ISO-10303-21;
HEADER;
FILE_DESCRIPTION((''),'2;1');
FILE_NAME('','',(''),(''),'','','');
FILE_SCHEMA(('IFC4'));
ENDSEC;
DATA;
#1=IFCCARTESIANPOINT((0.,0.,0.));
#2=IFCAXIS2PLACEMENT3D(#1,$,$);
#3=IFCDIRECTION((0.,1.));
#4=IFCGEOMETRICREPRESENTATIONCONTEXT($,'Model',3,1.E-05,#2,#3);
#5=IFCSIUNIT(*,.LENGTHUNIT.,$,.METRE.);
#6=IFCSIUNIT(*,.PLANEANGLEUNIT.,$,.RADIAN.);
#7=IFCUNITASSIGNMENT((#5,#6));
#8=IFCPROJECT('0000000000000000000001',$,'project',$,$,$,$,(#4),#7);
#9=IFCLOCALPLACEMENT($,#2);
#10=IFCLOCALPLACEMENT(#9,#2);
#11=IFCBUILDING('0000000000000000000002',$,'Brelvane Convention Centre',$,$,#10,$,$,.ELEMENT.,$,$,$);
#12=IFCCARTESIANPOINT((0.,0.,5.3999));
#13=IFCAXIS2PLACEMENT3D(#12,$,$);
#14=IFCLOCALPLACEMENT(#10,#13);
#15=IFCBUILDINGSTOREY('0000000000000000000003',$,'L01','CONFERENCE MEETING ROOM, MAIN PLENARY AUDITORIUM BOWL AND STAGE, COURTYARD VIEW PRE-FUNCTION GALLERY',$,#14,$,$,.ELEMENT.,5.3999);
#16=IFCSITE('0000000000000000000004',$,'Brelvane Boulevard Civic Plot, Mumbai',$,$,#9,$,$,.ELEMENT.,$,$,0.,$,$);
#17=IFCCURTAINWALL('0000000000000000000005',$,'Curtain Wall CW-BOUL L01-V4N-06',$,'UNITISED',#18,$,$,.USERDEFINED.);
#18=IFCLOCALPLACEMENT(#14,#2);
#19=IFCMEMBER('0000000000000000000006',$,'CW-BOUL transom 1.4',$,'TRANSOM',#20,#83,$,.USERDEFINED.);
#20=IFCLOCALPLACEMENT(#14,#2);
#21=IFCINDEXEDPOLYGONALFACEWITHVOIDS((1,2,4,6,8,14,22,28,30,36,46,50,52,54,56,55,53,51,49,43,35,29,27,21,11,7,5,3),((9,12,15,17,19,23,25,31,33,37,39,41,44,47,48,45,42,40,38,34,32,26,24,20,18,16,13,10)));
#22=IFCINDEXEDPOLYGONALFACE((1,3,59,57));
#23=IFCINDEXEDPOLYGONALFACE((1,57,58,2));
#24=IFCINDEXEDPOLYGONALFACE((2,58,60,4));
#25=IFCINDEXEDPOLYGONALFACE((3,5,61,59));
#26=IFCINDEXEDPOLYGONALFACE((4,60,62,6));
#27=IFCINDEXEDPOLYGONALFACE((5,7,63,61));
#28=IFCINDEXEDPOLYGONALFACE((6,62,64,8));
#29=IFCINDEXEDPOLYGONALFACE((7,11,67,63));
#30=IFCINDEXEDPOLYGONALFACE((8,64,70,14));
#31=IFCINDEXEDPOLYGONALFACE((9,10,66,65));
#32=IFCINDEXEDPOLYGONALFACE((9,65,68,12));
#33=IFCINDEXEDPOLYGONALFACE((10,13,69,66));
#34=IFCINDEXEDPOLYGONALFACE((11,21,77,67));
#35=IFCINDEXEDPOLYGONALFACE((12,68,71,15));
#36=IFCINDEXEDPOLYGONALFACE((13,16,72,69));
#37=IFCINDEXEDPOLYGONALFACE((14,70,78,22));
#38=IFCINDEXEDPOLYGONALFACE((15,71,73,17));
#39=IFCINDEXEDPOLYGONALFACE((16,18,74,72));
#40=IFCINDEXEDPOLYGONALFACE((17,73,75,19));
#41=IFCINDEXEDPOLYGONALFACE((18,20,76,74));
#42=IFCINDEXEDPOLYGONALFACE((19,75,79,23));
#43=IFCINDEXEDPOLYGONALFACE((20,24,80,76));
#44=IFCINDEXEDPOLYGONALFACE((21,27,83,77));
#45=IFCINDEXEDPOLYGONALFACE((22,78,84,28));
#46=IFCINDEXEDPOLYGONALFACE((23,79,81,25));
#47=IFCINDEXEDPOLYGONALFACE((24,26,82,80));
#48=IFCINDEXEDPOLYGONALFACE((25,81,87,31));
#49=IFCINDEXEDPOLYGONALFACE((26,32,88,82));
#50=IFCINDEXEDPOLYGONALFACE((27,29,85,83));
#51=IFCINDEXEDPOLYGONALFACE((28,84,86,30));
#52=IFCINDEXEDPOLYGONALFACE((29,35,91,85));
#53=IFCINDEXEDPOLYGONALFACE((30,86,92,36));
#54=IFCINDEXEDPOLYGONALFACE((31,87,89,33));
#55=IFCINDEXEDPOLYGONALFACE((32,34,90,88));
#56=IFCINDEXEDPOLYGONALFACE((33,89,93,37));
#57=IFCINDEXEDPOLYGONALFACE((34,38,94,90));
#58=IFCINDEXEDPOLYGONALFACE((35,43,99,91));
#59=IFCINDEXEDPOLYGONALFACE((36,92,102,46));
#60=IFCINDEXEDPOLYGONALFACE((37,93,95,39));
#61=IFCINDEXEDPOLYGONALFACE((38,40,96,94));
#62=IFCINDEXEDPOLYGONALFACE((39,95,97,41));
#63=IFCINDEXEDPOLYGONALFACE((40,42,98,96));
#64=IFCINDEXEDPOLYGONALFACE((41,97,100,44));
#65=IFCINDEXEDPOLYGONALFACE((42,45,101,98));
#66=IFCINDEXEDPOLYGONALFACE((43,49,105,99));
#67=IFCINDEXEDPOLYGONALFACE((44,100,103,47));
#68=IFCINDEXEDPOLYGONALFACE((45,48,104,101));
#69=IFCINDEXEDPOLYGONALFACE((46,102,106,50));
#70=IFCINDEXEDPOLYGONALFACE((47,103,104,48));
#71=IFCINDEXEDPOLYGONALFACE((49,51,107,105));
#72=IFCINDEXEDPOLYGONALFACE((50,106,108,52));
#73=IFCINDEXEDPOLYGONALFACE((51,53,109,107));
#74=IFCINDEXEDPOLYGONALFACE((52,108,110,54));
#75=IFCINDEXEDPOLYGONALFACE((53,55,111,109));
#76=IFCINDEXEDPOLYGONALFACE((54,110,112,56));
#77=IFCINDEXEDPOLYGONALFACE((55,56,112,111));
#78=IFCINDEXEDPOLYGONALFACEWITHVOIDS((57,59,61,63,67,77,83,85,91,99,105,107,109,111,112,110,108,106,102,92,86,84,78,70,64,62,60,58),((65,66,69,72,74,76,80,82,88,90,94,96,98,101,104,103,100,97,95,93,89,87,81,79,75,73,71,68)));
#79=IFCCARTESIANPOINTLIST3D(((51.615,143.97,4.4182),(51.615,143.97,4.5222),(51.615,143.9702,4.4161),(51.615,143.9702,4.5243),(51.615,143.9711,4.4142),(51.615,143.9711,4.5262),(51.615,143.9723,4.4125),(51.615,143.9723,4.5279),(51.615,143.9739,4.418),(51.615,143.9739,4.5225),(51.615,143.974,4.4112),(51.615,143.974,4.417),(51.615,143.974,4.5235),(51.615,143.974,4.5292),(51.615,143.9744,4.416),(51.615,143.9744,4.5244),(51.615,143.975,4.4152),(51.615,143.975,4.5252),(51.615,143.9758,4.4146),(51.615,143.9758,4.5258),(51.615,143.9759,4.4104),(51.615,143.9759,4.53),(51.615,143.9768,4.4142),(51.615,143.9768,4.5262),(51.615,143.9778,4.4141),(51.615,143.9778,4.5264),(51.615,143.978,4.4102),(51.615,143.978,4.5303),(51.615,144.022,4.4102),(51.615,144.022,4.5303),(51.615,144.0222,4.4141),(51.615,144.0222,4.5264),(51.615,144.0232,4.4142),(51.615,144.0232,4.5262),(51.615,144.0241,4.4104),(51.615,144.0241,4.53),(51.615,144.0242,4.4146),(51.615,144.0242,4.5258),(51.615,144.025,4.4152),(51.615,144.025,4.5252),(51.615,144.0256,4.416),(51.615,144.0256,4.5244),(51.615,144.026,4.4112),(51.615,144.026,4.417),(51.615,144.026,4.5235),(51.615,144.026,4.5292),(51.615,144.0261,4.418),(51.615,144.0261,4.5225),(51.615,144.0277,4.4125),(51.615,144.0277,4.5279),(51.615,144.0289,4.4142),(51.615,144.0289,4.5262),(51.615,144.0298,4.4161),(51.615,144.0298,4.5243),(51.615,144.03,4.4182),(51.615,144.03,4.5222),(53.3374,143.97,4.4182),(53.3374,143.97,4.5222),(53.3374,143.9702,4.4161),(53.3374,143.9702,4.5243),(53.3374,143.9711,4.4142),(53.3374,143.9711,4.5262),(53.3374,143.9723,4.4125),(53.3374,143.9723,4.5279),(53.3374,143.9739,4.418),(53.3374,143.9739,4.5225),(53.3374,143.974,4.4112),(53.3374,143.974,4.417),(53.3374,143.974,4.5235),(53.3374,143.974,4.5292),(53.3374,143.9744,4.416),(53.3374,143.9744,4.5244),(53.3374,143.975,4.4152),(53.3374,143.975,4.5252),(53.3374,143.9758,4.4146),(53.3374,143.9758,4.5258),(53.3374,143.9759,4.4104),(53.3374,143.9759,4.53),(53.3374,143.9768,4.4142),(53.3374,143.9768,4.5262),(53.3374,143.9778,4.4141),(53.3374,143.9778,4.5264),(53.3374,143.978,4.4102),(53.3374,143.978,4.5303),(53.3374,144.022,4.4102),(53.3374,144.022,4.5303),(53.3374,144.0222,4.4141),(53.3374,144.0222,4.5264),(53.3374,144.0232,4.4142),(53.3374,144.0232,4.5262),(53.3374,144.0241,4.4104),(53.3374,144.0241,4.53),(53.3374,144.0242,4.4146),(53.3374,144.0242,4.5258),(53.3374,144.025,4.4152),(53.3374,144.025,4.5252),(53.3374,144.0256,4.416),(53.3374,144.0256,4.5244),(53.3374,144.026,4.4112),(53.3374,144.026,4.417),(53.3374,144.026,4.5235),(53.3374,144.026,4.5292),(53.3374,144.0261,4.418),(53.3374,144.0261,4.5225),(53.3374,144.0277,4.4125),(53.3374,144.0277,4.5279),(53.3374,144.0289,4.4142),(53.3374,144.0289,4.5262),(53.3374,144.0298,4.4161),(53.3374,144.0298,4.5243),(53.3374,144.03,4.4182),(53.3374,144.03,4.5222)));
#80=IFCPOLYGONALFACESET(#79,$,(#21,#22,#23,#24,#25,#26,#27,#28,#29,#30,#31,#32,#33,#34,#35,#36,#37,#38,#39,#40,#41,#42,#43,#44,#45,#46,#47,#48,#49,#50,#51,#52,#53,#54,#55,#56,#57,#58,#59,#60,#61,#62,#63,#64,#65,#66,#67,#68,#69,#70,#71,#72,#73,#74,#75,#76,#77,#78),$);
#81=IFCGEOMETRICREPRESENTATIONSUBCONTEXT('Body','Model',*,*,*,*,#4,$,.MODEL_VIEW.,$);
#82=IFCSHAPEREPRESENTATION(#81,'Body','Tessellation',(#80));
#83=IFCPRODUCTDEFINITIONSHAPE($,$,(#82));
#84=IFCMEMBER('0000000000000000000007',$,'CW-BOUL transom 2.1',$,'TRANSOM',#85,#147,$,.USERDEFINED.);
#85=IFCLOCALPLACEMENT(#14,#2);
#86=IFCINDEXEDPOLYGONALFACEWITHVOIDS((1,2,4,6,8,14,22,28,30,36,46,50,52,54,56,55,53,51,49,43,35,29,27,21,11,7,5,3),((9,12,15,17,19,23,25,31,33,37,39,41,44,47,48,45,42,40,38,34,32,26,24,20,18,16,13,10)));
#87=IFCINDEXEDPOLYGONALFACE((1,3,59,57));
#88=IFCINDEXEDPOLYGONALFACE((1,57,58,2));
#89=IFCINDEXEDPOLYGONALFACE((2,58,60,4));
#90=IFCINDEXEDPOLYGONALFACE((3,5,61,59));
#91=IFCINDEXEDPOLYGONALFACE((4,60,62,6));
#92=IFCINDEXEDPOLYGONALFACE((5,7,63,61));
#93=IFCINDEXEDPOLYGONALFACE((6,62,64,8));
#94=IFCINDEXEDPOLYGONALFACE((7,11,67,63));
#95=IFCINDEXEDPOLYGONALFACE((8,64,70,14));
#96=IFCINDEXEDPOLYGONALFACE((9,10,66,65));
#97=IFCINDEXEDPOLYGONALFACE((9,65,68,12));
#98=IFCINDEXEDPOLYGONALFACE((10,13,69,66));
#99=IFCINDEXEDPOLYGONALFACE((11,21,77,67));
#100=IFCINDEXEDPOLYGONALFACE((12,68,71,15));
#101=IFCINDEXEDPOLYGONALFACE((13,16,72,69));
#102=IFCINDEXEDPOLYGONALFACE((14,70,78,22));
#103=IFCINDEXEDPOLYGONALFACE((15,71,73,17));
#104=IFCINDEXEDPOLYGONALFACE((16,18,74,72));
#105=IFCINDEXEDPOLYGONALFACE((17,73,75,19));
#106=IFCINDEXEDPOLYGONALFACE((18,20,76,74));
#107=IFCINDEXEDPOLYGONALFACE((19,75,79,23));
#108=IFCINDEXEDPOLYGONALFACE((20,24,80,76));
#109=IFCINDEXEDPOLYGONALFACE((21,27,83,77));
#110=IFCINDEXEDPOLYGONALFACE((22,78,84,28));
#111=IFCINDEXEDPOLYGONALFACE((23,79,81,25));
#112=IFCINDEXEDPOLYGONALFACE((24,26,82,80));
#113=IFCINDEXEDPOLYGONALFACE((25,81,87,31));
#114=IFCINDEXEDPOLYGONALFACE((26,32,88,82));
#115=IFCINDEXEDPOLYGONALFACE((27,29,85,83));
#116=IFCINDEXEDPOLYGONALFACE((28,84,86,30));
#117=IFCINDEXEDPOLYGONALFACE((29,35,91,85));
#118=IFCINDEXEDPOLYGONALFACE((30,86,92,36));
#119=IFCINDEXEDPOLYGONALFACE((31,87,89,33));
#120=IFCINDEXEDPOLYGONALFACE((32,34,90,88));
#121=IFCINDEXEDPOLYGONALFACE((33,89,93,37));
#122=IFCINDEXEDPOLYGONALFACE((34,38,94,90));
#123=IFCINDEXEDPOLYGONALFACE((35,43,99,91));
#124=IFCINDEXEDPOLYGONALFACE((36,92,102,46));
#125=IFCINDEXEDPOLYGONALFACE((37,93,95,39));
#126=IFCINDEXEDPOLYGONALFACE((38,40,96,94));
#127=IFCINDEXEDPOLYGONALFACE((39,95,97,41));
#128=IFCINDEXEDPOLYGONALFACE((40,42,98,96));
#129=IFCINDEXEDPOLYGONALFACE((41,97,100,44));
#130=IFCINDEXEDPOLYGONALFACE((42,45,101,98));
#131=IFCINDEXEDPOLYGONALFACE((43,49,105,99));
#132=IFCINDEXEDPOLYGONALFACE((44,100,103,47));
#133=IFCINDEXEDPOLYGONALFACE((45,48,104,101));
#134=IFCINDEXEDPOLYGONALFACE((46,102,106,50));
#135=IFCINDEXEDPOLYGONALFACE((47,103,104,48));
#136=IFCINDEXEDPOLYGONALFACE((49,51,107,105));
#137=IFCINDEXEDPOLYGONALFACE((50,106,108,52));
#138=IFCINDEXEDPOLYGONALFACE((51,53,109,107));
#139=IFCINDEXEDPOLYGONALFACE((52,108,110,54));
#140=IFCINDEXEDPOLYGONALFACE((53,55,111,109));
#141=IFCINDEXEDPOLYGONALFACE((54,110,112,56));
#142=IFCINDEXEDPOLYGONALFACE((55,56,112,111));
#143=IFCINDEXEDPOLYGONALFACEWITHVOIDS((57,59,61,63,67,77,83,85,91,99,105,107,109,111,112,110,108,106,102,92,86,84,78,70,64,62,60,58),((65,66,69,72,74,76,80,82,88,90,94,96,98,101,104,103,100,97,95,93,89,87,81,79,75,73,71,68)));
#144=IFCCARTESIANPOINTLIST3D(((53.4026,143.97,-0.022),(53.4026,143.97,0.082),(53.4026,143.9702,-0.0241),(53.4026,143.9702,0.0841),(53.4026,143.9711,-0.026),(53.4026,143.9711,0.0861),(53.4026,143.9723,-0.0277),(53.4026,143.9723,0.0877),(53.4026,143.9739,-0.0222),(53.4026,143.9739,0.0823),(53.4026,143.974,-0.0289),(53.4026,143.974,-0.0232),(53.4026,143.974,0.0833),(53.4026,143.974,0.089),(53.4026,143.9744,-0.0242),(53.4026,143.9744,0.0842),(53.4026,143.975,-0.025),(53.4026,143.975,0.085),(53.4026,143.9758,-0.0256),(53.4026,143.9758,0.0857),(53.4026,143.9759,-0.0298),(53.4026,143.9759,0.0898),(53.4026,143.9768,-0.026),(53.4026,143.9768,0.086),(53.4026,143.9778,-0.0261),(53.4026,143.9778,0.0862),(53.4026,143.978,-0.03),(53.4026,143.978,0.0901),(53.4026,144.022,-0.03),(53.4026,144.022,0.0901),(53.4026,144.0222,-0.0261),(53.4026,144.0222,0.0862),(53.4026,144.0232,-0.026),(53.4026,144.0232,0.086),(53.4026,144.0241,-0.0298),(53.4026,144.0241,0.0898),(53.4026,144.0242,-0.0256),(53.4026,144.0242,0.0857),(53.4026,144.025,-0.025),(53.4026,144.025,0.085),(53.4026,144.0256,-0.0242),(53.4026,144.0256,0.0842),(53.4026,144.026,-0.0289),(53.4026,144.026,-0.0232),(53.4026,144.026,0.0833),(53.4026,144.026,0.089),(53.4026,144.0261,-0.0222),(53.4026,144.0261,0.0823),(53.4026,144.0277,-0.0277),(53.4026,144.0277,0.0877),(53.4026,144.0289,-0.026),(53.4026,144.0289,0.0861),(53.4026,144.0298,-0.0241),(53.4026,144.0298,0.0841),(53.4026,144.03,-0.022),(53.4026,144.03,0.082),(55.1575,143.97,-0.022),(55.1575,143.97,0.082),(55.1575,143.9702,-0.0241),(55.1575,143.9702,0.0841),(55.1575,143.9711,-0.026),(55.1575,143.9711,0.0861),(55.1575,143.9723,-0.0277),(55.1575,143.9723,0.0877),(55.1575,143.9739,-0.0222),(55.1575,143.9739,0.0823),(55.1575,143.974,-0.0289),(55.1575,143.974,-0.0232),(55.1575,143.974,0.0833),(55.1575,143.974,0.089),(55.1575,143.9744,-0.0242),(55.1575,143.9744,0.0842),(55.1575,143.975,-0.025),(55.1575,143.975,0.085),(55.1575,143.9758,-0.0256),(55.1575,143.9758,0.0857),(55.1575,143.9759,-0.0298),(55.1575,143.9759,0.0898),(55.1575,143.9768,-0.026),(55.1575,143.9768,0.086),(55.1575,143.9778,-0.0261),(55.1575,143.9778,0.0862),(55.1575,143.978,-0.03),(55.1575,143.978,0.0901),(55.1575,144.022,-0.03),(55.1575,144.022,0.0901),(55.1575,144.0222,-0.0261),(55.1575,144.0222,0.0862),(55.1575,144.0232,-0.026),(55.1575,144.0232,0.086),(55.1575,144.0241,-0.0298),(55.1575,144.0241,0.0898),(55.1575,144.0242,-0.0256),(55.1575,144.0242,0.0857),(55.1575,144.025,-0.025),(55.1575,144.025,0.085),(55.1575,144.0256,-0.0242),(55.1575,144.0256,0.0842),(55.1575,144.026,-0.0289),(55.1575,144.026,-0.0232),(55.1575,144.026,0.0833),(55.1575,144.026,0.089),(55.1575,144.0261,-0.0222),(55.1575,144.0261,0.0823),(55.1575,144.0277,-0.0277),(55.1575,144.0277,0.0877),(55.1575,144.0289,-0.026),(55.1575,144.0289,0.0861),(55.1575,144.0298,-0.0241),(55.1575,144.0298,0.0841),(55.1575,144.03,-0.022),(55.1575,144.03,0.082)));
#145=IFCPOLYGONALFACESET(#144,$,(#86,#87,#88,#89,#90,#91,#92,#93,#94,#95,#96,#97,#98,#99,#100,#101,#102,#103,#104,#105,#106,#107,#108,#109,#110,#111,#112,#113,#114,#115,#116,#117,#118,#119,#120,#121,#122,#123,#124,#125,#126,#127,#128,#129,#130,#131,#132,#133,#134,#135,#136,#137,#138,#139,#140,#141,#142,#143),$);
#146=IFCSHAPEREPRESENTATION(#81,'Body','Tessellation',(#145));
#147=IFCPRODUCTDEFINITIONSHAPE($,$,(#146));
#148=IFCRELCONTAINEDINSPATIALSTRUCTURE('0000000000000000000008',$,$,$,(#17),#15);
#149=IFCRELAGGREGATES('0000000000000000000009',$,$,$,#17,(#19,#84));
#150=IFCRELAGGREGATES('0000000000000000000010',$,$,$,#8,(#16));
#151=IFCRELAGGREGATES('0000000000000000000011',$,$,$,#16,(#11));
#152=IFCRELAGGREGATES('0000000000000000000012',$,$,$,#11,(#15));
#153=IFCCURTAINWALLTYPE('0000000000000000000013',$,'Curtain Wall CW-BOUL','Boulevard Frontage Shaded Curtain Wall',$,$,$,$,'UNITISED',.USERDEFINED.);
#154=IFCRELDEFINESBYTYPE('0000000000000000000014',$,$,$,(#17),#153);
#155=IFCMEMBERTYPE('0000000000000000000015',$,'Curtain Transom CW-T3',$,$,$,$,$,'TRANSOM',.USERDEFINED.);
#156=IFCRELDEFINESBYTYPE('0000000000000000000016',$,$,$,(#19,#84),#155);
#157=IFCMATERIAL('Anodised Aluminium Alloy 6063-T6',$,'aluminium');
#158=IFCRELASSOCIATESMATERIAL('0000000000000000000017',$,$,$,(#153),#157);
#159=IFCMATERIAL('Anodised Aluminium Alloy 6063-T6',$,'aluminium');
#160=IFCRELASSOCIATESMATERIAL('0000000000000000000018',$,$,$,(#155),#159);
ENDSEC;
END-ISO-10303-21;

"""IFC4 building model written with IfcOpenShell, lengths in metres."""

from ifc_helpers import new_model, si_unit, direction, frame, origin, origin_2d, place, context, subcontext, project, spatial, hollow_rectangle, extrude, material, material_profile, profile_set, type_object, element, aggregate, save


model = new_model("IFC4")

# Units and contexts
model_context = context("Model", 3, precision=1e-05, world=origin(), true_north=direction((0.0, 1.0)))
body_context = subcontext(model_context, "Body", "Model", "MODEL_VIEW")
ifc_project = project(units=[si_unit("LENGTHUNIT", "METRE"), si_unit("PLANEANGLEUNIT", "RADIAN")], contexts=[model_context])

# Site, building, storey
site_placement = place(None, origin())
site = spatial("IfcSite", under=ifc_project, at=site_placement, Name="Brelvane Boulevard Civic Plot, Mumbai", CompositionType="ELEMENT", RefElevation=0.0)
building_placement = place(site_placement, origin())
building = spatial("IfcBuilding", under=site, at=building_placement, Name="Brelvane Convention Centre", CompositionType="ELEMENT")
storey_placement = place(building_placement, frame((0.0, 0.0, 5.3999)))
storey = spatial("IfcBuildingStorey", under=building, at=storey_placement, Name="L01", Description="CONFERENCE MEETING ROOM, MAIN PLENARY AUDITORIUM BOWL AND STAGE, COURTYARD VIEW PRE-FUNCTION GALLERY", CompositionType="ELEMENT", Elevation=5.3999)

# Curtain wall, members
ifc_material_1 = material(Name="Anodised Aluminium Alloy 6063-T6", Category="aluminium")
curtain_wall_type = type_object("IfcCurtainWallType", Name="Curtain Wall CW-BOUL", Description="Boulevard Frontage Shaded Curtain Wall", ElementType="UNITISED", PredefinedType="USERDEFINED", material=ifc_material_1)
curtain_wall_placement = place(storey_placement, origin())
curtain_wall = element("IfcCurtainWall", 1, at=curtain_wall_placement, inside=storey, type_object=curtain_wall_type, Name="Curtain Wall CW-BOUL L01-V4N-06", ObjectType="UNITISED", PredefinedType="USERDEFINED")
ifc_material_2 = material(Name="Anodised Aluminium Alloy 6063-T6", Category="aluminium")
ifc_material_profile_1 = material_profile(ifc_material_2, hollow_rectangle(XDim=0.0601, YDim=0.1201, WallThickness=0.0039, InnerFilletRadius=0.0039, OuterFilletRadius=0.0081, at=origin_2d()), Name="ALU-T 120x60x4.0")
ifc_profile_set_1 = profile_set([ifc_material_profile_1], Name="Anodised Aluminium Alloy 6063-T6")
member_type_1 = type_object("IfcMemberType", Name="Curtain Transom CW-T3", ElementType="TRANSOM", PredefinedType="USERDEFINED", material=ifc_profile_set_1)
member_1_placement = place(storey_placement, frame((51.615, 144.0, 4.4702), z_axis=(1.0, 0.0, 0.0), x_axis=(0.0, 1.0, 0.0)))
member_1 = element("IfcMember", 2, at=member_1_placement, type_object=member_type_1, Name="CW-BOUL transom 1.4", ObjectType="TRANSOM", PredefinedType="USERDEFINED", context=body_context, shape_type="SweptSolid", body=[
    extrude(hollow_rectangle(XDim=0.0601, YDim=0.1201, WallThickness=0.0039, InnerFilletRadius=0.0039, OuterFilletRadius=0.0081, at=origin_2d()), origin(), (0.0, 0.0, 1.0), 1.7224),
])
member_2_placement = place(storey_placement, frame((53.4026, 144.0, 0.03), z_axis=(1.0, 0.0, 0.0), x_axis=(0.0, 1.0, 0.0)))
member_2 = element("IfcMember", 3, at=member_2_placement, type_object=member_type_1, Name="CW-BOUL transom 2.1", ObjectType="TRANSOM", PredefinedType="USERDEFINED", context=body_context, shape_type="SweptSolid", body=[
    extrude(hollow_rectangle(XDim=0.0601, YDim=0.1201, WallThickness=0.0039, InnerFilletRadius=0.0039, OuterFilletRadius=0.0081, at=origin_2d()), origin(), (0.0, 0.0, 1.0), 1.7549),
])

aggregate(curtain_wall, [member_1, member_2])

save(model, "model.ifc")
